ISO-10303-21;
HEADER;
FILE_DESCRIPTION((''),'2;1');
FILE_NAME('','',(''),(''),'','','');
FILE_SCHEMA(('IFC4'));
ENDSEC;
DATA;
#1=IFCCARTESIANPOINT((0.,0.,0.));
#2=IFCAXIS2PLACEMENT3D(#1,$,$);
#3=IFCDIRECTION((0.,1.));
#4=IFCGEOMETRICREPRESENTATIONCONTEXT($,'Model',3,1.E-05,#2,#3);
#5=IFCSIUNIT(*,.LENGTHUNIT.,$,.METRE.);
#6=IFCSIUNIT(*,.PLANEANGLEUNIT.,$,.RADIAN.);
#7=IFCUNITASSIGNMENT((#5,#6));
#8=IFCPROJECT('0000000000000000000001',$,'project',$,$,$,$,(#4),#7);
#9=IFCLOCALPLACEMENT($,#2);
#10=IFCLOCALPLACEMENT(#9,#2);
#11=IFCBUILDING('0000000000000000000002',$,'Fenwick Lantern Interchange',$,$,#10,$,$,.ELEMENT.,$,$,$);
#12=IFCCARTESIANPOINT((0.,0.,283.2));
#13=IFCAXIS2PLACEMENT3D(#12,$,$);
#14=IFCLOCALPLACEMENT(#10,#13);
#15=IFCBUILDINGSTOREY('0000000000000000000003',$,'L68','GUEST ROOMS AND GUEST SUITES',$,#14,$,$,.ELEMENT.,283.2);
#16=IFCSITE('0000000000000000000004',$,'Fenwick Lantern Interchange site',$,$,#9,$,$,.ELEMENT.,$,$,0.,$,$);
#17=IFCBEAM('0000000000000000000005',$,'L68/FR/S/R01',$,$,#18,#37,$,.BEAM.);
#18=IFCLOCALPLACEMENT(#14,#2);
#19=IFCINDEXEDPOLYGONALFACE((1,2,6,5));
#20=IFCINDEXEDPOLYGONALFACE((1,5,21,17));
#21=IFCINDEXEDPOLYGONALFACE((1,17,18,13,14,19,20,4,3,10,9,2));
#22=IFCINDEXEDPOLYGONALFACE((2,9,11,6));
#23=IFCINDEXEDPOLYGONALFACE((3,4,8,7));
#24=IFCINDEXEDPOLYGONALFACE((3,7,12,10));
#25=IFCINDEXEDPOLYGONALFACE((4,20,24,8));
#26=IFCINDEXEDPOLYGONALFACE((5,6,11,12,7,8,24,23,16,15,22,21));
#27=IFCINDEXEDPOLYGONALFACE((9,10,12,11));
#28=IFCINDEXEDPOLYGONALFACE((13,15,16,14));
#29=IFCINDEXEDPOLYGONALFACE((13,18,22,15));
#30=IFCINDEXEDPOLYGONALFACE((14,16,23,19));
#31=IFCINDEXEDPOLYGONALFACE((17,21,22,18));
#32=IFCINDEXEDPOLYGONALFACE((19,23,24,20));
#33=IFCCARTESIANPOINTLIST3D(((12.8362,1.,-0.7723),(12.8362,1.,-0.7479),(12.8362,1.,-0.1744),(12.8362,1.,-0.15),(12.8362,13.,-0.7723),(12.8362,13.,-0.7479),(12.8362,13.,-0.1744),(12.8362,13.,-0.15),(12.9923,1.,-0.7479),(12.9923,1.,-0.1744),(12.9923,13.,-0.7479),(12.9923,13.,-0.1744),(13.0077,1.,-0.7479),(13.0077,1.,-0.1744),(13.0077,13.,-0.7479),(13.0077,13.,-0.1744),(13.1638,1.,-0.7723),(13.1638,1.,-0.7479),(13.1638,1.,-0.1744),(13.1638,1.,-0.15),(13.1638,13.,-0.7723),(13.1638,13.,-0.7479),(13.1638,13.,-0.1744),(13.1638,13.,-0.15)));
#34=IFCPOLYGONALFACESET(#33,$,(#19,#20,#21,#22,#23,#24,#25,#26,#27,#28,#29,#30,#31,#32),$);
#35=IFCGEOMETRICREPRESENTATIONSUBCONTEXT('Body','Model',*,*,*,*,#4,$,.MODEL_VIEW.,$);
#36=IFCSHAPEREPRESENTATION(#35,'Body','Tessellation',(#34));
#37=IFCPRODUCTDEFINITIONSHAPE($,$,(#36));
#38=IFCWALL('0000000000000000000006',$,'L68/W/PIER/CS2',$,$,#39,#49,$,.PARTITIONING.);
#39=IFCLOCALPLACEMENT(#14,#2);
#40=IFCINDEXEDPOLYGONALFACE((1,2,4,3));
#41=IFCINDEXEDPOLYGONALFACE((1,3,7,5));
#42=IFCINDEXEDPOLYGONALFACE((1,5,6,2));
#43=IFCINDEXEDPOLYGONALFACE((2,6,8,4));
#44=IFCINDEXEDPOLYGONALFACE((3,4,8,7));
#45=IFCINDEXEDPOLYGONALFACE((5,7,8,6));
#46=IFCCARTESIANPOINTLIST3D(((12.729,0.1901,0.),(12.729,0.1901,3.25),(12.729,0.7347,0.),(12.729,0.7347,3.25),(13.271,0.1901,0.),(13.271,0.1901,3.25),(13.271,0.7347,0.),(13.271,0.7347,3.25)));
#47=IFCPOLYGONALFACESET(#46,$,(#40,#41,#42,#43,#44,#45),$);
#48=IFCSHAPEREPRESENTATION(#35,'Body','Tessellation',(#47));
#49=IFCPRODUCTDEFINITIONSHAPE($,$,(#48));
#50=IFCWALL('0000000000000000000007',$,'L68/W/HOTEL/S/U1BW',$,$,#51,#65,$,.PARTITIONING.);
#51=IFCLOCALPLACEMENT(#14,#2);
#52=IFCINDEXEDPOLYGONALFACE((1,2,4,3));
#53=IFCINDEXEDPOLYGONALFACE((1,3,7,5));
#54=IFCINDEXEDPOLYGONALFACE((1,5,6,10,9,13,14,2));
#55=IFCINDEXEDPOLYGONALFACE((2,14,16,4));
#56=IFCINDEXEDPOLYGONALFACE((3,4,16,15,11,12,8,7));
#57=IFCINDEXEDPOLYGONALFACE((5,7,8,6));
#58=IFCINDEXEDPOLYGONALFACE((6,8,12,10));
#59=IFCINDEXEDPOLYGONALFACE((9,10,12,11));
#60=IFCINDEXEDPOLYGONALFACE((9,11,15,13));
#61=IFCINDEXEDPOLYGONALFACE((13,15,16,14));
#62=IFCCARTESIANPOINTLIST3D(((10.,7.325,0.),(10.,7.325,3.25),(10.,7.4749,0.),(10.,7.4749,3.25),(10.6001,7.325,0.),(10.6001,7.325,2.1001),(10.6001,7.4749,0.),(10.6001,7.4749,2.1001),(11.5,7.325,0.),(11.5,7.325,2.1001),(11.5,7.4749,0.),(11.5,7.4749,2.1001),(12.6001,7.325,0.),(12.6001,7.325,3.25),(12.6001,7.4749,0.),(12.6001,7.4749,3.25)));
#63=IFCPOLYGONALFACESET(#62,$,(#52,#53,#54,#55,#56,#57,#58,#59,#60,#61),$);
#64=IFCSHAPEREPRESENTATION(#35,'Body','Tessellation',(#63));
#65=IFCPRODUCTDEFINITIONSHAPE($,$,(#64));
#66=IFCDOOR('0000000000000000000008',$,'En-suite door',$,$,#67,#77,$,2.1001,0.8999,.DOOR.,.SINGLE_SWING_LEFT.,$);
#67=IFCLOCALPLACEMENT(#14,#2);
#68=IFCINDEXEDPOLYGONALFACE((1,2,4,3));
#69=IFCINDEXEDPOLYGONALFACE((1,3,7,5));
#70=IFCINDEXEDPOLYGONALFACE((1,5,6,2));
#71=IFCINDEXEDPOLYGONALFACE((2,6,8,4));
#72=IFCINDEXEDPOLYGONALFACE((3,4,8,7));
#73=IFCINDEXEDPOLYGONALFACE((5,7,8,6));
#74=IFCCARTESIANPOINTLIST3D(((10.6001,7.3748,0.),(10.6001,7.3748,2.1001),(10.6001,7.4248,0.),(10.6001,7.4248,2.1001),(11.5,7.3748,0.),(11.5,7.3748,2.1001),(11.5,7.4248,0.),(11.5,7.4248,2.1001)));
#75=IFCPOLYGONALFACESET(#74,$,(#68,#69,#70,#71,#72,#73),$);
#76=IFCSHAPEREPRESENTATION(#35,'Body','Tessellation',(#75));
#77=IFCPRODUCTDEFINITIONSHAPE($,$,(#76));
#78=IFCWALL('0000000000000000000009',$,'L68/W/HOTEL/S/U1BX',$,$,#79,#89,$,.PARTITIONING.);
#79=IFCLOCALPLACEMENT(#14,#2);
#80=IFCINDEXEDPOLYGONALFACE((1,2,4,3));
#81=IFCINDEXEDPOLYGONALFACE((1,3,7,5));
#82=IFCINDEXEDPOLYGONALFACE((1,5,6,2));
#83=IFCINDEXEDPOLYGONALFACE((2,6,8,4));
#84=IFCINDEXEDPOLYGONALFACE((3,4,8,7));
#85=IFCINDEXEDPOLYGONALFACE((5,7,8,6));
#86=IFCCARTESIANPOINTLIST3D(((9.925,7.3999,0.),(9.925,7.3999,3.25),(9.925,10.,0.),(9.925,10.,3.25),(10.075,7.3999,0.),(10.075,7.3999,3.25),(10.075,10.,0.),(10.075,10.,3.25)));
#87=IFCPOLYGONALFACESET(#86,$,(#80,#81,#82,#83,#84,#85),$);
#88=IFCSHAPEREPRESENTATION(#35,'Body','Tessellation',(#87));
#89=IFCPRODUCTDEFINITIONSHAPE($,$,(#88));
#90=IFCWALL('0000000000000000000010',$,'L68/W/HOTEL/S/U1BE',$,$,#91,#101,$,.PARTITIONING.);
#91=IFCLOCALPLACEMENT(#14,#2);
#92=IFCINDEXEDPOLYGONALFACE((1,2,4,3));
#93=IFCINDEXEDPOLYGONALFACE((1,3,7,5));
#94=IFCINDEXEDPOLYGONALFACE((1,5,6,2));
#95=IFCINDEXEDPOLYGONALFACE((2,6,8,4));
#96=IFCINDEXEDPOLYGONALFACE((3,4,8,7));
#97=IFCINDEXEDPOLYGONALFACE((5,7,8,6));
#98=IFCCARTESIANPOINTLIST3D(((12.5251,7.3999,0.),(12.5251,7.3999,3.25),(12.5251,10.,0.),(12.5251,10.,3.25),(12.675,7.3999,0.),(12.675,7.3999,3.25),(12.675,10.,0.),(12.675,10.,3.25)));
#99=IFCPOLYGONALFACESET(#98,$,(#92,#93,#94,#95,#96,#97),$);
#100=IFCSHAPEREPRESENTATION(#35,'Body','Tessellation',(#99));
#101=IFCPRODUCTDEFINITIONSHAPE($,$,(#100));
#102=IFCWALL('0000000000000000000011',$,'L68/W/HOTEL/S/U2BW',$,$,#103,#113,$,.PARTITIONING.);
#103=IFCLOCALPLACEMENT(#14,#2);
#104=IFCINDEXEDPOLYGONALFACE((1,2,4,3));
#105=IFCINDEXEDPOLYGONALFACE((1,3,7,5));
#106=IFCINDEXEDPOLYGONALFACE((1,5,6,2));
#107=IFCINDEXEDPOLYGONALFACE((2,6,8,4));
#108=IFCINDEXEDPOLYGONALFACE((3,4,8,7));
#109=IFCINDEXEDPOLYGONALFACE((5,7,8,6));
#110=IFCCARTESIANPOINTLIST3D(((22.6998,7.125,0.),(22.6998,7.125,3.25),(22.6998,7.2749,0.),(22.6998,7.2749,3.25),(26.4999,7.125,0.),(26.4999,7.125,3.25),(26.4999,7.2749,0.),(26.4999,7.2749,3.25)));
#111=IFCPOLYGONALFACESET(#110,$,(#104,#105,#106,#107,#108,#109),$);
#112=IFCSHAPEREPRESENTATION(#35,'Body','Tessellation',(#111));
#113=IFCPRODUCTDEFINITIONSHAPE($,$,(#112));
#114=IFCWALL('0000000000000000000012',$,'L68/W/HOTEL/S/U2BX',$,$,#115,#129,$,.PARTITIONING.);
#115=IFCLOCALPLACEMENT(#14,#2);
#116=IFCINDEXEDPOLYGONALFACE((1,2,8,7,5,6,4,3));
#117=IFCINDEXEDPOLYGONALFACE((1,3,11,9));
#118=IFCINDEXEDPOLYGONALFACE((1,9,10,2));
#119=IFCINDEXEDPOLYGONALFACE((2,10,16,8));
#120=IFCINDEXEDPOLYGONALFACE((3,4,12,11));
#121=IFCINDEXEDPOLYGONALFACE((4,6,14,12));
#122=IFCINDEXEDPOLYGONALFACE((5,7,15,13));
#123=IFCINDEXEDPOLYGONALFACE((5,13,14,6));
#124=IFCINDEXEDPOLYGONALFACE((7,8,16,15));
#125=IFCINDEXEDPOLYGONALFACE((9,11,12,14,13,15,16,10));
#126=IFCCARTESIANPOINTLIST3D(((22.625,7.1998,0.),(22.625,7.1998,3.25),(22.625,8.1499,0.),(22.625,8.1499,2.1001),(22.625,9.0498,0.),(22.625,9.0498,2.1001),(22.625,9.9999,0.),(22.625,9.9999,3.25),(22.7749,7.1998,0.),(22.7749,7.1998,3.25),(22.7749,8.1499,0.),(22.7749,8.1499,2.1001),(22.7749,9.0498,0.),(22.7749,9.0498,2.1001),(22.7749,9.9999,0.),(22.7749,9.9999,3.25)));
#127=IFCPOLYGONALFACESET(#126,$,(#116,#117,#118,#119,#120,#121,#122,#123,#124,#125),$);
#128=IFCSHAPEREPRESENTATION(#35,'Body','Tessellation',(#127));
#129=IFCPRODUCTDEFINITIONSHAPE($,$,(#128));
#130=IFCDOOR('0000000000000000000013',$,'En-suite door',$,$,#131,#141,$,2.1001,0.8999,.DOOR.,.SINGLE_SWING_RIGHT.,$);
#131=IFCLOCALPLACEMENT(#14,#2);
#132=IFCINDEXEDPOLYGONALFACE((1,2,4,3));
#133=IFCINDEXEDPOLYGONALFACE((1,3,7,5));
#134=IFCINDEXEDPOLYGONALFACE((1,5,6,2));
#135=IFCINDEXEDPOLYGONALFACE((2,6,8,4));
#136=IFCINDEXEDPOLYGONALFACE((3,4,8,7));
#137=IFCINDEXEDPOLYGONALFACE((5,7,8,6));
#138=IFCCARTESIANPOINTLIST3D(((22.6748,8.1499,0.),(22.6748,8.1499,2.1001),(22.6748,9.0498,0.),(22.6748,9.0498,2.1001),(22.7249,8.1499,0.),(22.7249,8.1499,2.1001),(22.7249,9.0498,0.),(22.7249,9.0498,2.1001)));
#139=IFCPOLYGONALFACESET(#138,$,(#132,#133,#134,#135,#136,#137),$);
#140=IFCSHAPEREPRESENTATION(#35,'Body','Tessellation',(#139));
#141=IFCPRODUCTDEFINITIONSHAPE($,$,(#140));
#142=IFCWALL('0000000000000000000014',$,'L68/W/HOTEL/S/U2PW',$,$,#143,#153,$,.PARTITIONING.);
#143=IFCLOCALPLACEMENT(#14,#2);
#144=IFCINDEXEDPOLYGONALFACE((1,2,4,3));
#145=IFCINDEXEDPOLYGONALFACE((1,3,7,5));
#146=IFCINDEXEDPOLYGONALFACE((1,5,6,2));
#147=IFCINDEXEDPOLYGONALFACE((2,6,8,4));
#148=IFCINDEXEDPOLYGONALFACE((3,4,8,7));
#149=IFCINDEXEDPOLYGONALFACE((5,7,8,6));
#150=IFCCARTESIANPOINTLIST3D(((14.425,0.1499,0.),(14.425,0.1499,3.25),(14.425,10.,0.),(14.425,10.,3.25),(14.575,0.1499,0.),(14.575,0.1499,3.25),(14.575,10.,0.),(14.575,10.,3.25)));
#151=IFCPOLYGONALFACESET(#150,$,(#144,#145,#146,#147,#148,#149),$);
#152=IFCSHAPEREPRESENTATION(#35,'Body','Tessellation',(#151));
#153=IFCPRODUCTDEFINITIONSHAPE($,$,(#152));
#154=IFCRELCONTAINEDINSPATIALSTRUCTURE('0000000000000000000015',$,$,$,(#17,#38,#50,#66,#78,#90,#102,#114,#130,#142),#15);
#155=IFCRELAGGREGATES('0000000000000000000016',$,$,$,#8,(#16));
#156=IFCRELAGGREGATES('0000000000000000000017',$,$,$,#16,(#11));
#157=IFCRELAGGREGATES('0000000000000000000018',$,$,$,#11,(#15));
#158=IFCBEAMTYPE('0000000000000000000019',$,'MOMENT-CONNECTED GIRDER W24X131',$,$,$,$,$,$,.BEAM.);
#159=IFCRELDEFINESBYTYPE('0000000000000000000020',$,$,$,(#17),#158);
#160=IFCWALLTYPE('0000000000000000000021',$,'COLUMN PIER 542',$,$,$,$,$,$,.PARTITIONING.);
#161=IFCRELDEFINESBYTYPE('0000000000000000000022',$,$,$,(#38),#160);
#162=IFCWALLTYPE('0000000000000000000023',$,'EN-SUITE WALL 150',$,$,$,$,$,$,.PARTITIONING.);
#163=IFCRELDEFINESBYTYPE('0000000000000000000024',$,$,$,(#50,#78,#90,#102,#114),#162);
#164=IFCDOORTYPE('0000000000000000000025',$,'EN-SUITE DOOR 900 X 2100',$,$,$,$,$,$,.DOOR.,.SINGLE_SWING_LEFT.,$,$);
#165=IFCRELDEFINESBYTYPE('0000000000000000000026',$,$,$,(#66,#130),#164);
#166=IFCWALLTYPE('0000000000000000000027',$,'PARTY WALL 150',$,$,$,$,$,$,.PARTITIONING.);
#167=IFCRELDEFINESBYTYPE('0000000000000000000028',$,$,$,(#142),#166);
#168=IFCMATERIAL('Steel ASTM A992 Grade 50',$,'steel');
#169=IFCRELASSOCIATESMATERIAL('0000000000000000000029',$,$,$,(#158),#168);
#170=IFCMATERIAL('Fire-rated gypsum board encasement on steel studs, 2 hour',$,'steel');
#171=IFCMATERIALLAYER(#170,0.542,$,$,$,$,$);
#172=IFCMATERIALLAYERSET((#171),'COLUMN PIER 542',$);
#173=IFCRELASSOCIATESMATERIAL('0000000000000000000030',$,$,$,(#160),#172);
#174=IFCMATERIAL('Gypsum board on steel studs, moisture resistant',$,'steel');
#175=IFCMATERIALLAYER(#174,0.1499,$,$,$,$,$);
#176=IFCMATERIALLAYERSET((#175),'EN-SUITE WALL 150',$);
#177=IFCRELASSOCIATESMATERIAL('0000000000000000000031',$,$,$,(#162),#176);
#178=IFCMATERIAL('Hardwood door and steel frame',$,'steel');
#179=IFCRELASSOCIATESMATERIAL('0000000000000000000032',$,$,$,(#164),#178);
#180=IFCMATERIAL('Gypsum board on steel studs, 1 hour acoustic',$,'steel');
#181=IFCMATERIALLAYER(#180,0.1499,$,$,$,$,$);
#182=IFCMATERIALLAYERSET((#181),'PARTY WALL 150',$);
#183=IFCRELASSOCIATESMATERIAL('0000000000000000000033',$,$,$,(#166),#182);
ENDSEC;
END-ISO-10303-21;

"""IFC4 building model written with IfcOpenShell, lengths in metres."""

from ifc_helpers import new_model, si_unit, direction, frame, frame_2d, origin, origin_2d, place, context, subcontext, project, spatial, rectangle, i_section, extrude, material, layer, layer_set, material_profile, profile_set, type_object, element, fill, save


model = new_model("IFC4")

# Units and contexts
model_context = context("Model", 3, precision=1e-05, world=origin(), true_north=direction((0.0, 1.0)))
body_context = subcontext(model_context, "Body", "Model", "MODEL_VIEW")
ifc_project = project(units=[si_unit("LENGTHUNIT", "METRE"), si_unit("PLANEANGLEUNIT", "RADIAN")], contexts=[model_context])

# Site, building, storey
site_placement = place(None, origin())
site = spatial("IfcSite", under=ifc_project, at=site_placement, Name="Fenwick Lantern Interchange site", CompositionType="ELEMENT", RefElevation=0.0)
building_placement = place(site_placement, origin())
building = spatial("IfcBuilding", under=site, at=building_placement, Name="Fenwick Lantern Interchange", CompositionType="ELEMENT")
storey_placement = place(building_placement, frame((0.0, 0.0, 283.2)))
storey = spatial("IfcBuildingStorey", under=building, at=storey_placement, Name="L68", Description="GUEST ROOMS AND GUEST SUITES", CompositionType="ELEMENT", Elevation=283.2)

# Shared definitions
ifc_material_1 = material(Name="Steel ASTM A992 Grade 50", Category="steel")

# Beam
ifc_material_profile_1 = material_profile(ifc_material_1, i_section(OverallWidth=0.3276, OverallDepth=0.6223, WebThickness=0.0154, FlangeThickness=0.0244, at=origin_2d()), Name="W24X131")
ifc_profile_set_1 = profile_set([ifc_material_profile_1], Name="Steel ASTM A992 Grade 50")
beam_type_1 = type_object("IfcBeamType", Name="MOMENT-CONNECTED GIRDER W24X131", PredefinedType="BEAM", material=ifc_profile_set_1)
beam_1_placement = place(storey_placement, frame((13.0, 1.0, -0.4612), z_axis=(0.0, 1.0, 0.0), x_axis=(-1.0, 0.0, 0.0)))
element("IfcBeam", 1, at=beam_1_placement, inside=storey, type_object=beam_type_1, Name="L68/FR/S/R01", PredefinedType="BEAM", context=body_context, shape_type="SweptSolid", body=[
    extrude(i_section(OverallWidth=0.3276, OverallDepth=0.6223, WebThickness=0.0154, FlangeThickness=0.0244, at=origin_2d()), origin(), (0.0, 0.0, 1.0), 12.0),
])

# Wall
ifc_material_2 = material(Name="Fire-rated gypsum board encasement on steel studs, 2 hour", Category="steel")
ifc_layer_1 = layer(ifc_material_2, 0.542)
ifc_layer_set_1 = layer_set([ifc_layer_1], Name="COLUMN PIER 542")
wall_type_1 = type_object("IfcWallType", Name="COLUMN PIER 542", PredefinedType="PARTITIONING", material=ifc_layer_set_1)
wall_1_placement = place(storey_placement, frame((13.0, 0.1899, 0.0), z_axis=(0.0, 0.0, 1.0), x_axis=(0.0, 1.0, 0.0)))
element("IfcWall", 2, at=wall_1_placement, inside=storey, type_object=wall_type_1, Name="L68/W/PIER/CS2", PredefinedType="PARTITIONING", context=body_context, shape_type="SweptSolid", body=[
    extrude(rectangle(XDim=0.5447, YDim=0.542, at=frame_2d((0.2725, 0.0))), origin(), (0.0, 0.0, 1.0), 3.25),
])

# Wall, opening, door
ifc_material_3 = material(Name="Gypsum board on steel studs, moisture resistant", Category="steel")
ifc_layer_2 = layer(ifc_material_3, 0.1499)
ifc_layer_set_2 = layer_set([ifc_layer_2], Name="EN-SUITE WALL 150")
wall_type_2 = type_object("IfcWallType", Name="EN-SUITE WALL 150", PredefinedType="PARTITIONING", material=ifc_layer_set_2)
wall_2_placement = place(storey_placement, frame((10.0, 7.3999, 0.0), z_axis=(0.0, 0.0, 1.0), x_axis=(1.0, 0.0, 0.0)))
wall_2 = element("IfcWall", 3, at=wall_2_placement, inside=storey, type_object=wall_type_2, Name="L68/W/HOTEL/S/U1BW", PredefinedType="PARTITIONING", context=body_context, shape_type="SweptSolid", body=[
    extrude(rectangle(XDim=2.6001, YDim=0.1499, at=frame_2d((1.3, 0.0))), origin(), (0.0, 0.0, 1.0), 3.25),
])
opening_1_placement = place(wall_2_placement, frame((0.6001, 0.0, 0.0)))
opening_1 = element("IfcOpeningElement", 4, at=opening_1_placement, cuts=wall_2, PredefinedType="OPENING", context=body_context, shape_type="SweptSolid", body=[
    extrude(rectangle(XDim=0.8999, YDim=2.1001, at=frame_2d((0.45, 1.05))), frame((0.0, 0.085, 0.0), z_axis=(0.0, -1.0, 0.0), x_axis=(1.0, 0.0, 0.0)), (0.0, 0.0, 1.0), 0.1699),
])
ifc_material_4 = material(Name="Hardwood door and steel frame", Category="steel")
door_type = type_object("IfcDoorType", Name="EN-SUITE DOOR 900 X 2100", OperationType="SINGLE_SWING_LEFT", PredefinedType="DOOR", material=ifc_material_4)
door_1_placement = place(opening_1_placement, origin())
door_1 = element("IfcDoor", 5, at=door_1_placement, inside=storey, type_object=door_type, Name="En-suite door", OperationType="SINGLE_SWING_LEFT", OverallHeight=2.1001, OverallWidth=0.8999, PredefinedType="DOOR", context=body_context, shape_type="SweptSolid", body=[
    extrude(rectangle(XDim=0.8999, YDim=2.1001, at=frame_2d((0.45, 1.05))), frame((0.0, 0.0249, 0.0), z_axis=(0.0, -1.0, 0.0), x_axis=(1.0, 0.0, 0.0)), (0.0, 0.0, 1.0), 0.05),
])
fill(opening_1, door_1)

# Walls
for number, where, z_axis, x_axis, name in (
    (6, (10.0, 7.3999, 0.0), (0.0, 0.0, 1.0), (0.0, 1.0, 0.0), "L68/W/HOTEL/S/U1BX"),
    (7, (12.6001, 7.3999, 0.0), (0.0, 0.0, 1.0), (0.0, 1.0, 0.0), "L68/W/HOTEL/S/U1BE"),
):
    element("IfcWall", number, at=place(storey_placement, frame(where, z_axis=z_axis, x_axis=x_axis)), inside=storey, type_object=wall_type_2, Name=name, PredefinedType="PARTITIONING", context=body_context, shape_type="SweptSolid", body=[
        extrude(rectangle(XDim=2.6001, YDim=0.1499, at=frame_2d((1.3, 0.0))), origin(), (0.0, 0.0, 1.0), 3.25),
    ])
wall_3_placement = place(storey_placement, frame((22.7, 7.2, 0.0), z_axis=(0.0, 0.0, 1.0), x_axis=(1.0, 0.0, 0.0)))
element("IfcWall", 8, at=wall_3_placement, inside=storey, type_object=wall_type_2, Name="L68/W/HOTEL/S/U2BW", PredefinedType="PARTITIONING", context=body_context, shape_type="SweptSolid", body=[
    extrude(rectangle(XDim=3.8, YDim=0.1499, at=frame_2d((1.8999, 0.0))), origin(), (0.0, 0.0, 1.0), 3.25),
])

# Wall, opening, door
wall_4_placement = place(storey_placement, frame((22.7, 7.2, 0.0), z_axis=(0.0, 0.0, 1.0), x_axis=(0.0, 1.0, 0.0)))
wall_4 = element("IfcWall", 9, at=wall_4_placement, inside=storey, type_object=wall_type_2, Name="L68/W/HOTEL/S/U2BX", PredefinedType="PARTITIONING", context=body_context, shape_type="SweptSolid", body=[
    extrude(rectangle(XDim=2.8, YDim=0.1499, at=frame_2d((1.3999, 0.0))), origin(), (0.0, 0.0, 1.0), 3.25),
])
opening_2_placement = place(wall_4_placement, frame((0.95, 0.0, 0.0)))
opening_2 = element("IfcOpeningElement", 10, at=opening_2_placement, cuts=wall_4, PredefinedType="OPENING", context=body_context, shape_type="SweptSolid", body=[
    extrude(rectangle(XDim=0.8999, YDim=2.1001, at=frame_2d((0.45, 1.05))), frame((0.0, 0.085, 0.0), z_axis=(0.0, -1.0, 0.0), x_axis=(1.0, 0.0, 0.0)), (0.0, 0.0, 1.0), 0.1699),
])
door_2_placement = place(opening_2_placement, frame((0.8999, 0.0, 0.0), z_axis=(0.0, 0.0, 1.0), x_axis=(-1.0, 0.0, 0.0)))
door_2 = element("IfcDoor", 11, at=door_2_placement, inside=storey, type_object=door_type, Name="En-suite door", OperationType="SINGLE_SWING_RIGHT", OverallHeight=2.1001, OverallWidth=0.8999, PredefinedType="DOOR", context=body_context, shape_type="SweptSolid", body=[
    extrude(rectangle(XDim=0.8999, YDim=2.1001, at=frame_2d((0.45, 1.05))), frame((0.0, 0.0249, 0.0), z_axis=(0.0, -1.0, 0.0), x_axis=(1.0, 0.0, 0.0)), (0.0, 0.0, 1.0), 0.05),
])
fill(opening_2, door_2)

# Wall
ifc_material_5 = material(Name="Gypsum board on steel studs, 1 hour acoustic", Category="steel")
ifc_layer_3 = layer(ifc_material_5, 0.1499)
ifc_layer_set_3 = layer_set([ifc_layer_3], Name="PARTY WALL 150")
wall_type_3 = type_object("IfcWallType", Name="PARTY WALL 150", PredefinedType="PARTITIONING", material=ifc_layer_set_3)
wall_5_placement = place(storey_placement, frame((14.5, 0.1499, 0.0), z_axis=(0.0, 0.0, 1.0), x_axis=(0.0, 1.0, 0.0)))
element("IfcWall", 12, at=wall_5_placement, inside=storey, type_object=wall_type_3, Name="L68/W/HOTEL/S/U2PW", PredefinedType="PARTITIONING", context=body_context, shape_type="SweptSolid", body=[
    extrude(rectangle(XDim=9.8501, YDim=0.1499, at=frame_2d((4.925, 0.0))), origin(), (0.0, 0.0, 1.0), 3.25),
])

save(model, "model.ifc")
